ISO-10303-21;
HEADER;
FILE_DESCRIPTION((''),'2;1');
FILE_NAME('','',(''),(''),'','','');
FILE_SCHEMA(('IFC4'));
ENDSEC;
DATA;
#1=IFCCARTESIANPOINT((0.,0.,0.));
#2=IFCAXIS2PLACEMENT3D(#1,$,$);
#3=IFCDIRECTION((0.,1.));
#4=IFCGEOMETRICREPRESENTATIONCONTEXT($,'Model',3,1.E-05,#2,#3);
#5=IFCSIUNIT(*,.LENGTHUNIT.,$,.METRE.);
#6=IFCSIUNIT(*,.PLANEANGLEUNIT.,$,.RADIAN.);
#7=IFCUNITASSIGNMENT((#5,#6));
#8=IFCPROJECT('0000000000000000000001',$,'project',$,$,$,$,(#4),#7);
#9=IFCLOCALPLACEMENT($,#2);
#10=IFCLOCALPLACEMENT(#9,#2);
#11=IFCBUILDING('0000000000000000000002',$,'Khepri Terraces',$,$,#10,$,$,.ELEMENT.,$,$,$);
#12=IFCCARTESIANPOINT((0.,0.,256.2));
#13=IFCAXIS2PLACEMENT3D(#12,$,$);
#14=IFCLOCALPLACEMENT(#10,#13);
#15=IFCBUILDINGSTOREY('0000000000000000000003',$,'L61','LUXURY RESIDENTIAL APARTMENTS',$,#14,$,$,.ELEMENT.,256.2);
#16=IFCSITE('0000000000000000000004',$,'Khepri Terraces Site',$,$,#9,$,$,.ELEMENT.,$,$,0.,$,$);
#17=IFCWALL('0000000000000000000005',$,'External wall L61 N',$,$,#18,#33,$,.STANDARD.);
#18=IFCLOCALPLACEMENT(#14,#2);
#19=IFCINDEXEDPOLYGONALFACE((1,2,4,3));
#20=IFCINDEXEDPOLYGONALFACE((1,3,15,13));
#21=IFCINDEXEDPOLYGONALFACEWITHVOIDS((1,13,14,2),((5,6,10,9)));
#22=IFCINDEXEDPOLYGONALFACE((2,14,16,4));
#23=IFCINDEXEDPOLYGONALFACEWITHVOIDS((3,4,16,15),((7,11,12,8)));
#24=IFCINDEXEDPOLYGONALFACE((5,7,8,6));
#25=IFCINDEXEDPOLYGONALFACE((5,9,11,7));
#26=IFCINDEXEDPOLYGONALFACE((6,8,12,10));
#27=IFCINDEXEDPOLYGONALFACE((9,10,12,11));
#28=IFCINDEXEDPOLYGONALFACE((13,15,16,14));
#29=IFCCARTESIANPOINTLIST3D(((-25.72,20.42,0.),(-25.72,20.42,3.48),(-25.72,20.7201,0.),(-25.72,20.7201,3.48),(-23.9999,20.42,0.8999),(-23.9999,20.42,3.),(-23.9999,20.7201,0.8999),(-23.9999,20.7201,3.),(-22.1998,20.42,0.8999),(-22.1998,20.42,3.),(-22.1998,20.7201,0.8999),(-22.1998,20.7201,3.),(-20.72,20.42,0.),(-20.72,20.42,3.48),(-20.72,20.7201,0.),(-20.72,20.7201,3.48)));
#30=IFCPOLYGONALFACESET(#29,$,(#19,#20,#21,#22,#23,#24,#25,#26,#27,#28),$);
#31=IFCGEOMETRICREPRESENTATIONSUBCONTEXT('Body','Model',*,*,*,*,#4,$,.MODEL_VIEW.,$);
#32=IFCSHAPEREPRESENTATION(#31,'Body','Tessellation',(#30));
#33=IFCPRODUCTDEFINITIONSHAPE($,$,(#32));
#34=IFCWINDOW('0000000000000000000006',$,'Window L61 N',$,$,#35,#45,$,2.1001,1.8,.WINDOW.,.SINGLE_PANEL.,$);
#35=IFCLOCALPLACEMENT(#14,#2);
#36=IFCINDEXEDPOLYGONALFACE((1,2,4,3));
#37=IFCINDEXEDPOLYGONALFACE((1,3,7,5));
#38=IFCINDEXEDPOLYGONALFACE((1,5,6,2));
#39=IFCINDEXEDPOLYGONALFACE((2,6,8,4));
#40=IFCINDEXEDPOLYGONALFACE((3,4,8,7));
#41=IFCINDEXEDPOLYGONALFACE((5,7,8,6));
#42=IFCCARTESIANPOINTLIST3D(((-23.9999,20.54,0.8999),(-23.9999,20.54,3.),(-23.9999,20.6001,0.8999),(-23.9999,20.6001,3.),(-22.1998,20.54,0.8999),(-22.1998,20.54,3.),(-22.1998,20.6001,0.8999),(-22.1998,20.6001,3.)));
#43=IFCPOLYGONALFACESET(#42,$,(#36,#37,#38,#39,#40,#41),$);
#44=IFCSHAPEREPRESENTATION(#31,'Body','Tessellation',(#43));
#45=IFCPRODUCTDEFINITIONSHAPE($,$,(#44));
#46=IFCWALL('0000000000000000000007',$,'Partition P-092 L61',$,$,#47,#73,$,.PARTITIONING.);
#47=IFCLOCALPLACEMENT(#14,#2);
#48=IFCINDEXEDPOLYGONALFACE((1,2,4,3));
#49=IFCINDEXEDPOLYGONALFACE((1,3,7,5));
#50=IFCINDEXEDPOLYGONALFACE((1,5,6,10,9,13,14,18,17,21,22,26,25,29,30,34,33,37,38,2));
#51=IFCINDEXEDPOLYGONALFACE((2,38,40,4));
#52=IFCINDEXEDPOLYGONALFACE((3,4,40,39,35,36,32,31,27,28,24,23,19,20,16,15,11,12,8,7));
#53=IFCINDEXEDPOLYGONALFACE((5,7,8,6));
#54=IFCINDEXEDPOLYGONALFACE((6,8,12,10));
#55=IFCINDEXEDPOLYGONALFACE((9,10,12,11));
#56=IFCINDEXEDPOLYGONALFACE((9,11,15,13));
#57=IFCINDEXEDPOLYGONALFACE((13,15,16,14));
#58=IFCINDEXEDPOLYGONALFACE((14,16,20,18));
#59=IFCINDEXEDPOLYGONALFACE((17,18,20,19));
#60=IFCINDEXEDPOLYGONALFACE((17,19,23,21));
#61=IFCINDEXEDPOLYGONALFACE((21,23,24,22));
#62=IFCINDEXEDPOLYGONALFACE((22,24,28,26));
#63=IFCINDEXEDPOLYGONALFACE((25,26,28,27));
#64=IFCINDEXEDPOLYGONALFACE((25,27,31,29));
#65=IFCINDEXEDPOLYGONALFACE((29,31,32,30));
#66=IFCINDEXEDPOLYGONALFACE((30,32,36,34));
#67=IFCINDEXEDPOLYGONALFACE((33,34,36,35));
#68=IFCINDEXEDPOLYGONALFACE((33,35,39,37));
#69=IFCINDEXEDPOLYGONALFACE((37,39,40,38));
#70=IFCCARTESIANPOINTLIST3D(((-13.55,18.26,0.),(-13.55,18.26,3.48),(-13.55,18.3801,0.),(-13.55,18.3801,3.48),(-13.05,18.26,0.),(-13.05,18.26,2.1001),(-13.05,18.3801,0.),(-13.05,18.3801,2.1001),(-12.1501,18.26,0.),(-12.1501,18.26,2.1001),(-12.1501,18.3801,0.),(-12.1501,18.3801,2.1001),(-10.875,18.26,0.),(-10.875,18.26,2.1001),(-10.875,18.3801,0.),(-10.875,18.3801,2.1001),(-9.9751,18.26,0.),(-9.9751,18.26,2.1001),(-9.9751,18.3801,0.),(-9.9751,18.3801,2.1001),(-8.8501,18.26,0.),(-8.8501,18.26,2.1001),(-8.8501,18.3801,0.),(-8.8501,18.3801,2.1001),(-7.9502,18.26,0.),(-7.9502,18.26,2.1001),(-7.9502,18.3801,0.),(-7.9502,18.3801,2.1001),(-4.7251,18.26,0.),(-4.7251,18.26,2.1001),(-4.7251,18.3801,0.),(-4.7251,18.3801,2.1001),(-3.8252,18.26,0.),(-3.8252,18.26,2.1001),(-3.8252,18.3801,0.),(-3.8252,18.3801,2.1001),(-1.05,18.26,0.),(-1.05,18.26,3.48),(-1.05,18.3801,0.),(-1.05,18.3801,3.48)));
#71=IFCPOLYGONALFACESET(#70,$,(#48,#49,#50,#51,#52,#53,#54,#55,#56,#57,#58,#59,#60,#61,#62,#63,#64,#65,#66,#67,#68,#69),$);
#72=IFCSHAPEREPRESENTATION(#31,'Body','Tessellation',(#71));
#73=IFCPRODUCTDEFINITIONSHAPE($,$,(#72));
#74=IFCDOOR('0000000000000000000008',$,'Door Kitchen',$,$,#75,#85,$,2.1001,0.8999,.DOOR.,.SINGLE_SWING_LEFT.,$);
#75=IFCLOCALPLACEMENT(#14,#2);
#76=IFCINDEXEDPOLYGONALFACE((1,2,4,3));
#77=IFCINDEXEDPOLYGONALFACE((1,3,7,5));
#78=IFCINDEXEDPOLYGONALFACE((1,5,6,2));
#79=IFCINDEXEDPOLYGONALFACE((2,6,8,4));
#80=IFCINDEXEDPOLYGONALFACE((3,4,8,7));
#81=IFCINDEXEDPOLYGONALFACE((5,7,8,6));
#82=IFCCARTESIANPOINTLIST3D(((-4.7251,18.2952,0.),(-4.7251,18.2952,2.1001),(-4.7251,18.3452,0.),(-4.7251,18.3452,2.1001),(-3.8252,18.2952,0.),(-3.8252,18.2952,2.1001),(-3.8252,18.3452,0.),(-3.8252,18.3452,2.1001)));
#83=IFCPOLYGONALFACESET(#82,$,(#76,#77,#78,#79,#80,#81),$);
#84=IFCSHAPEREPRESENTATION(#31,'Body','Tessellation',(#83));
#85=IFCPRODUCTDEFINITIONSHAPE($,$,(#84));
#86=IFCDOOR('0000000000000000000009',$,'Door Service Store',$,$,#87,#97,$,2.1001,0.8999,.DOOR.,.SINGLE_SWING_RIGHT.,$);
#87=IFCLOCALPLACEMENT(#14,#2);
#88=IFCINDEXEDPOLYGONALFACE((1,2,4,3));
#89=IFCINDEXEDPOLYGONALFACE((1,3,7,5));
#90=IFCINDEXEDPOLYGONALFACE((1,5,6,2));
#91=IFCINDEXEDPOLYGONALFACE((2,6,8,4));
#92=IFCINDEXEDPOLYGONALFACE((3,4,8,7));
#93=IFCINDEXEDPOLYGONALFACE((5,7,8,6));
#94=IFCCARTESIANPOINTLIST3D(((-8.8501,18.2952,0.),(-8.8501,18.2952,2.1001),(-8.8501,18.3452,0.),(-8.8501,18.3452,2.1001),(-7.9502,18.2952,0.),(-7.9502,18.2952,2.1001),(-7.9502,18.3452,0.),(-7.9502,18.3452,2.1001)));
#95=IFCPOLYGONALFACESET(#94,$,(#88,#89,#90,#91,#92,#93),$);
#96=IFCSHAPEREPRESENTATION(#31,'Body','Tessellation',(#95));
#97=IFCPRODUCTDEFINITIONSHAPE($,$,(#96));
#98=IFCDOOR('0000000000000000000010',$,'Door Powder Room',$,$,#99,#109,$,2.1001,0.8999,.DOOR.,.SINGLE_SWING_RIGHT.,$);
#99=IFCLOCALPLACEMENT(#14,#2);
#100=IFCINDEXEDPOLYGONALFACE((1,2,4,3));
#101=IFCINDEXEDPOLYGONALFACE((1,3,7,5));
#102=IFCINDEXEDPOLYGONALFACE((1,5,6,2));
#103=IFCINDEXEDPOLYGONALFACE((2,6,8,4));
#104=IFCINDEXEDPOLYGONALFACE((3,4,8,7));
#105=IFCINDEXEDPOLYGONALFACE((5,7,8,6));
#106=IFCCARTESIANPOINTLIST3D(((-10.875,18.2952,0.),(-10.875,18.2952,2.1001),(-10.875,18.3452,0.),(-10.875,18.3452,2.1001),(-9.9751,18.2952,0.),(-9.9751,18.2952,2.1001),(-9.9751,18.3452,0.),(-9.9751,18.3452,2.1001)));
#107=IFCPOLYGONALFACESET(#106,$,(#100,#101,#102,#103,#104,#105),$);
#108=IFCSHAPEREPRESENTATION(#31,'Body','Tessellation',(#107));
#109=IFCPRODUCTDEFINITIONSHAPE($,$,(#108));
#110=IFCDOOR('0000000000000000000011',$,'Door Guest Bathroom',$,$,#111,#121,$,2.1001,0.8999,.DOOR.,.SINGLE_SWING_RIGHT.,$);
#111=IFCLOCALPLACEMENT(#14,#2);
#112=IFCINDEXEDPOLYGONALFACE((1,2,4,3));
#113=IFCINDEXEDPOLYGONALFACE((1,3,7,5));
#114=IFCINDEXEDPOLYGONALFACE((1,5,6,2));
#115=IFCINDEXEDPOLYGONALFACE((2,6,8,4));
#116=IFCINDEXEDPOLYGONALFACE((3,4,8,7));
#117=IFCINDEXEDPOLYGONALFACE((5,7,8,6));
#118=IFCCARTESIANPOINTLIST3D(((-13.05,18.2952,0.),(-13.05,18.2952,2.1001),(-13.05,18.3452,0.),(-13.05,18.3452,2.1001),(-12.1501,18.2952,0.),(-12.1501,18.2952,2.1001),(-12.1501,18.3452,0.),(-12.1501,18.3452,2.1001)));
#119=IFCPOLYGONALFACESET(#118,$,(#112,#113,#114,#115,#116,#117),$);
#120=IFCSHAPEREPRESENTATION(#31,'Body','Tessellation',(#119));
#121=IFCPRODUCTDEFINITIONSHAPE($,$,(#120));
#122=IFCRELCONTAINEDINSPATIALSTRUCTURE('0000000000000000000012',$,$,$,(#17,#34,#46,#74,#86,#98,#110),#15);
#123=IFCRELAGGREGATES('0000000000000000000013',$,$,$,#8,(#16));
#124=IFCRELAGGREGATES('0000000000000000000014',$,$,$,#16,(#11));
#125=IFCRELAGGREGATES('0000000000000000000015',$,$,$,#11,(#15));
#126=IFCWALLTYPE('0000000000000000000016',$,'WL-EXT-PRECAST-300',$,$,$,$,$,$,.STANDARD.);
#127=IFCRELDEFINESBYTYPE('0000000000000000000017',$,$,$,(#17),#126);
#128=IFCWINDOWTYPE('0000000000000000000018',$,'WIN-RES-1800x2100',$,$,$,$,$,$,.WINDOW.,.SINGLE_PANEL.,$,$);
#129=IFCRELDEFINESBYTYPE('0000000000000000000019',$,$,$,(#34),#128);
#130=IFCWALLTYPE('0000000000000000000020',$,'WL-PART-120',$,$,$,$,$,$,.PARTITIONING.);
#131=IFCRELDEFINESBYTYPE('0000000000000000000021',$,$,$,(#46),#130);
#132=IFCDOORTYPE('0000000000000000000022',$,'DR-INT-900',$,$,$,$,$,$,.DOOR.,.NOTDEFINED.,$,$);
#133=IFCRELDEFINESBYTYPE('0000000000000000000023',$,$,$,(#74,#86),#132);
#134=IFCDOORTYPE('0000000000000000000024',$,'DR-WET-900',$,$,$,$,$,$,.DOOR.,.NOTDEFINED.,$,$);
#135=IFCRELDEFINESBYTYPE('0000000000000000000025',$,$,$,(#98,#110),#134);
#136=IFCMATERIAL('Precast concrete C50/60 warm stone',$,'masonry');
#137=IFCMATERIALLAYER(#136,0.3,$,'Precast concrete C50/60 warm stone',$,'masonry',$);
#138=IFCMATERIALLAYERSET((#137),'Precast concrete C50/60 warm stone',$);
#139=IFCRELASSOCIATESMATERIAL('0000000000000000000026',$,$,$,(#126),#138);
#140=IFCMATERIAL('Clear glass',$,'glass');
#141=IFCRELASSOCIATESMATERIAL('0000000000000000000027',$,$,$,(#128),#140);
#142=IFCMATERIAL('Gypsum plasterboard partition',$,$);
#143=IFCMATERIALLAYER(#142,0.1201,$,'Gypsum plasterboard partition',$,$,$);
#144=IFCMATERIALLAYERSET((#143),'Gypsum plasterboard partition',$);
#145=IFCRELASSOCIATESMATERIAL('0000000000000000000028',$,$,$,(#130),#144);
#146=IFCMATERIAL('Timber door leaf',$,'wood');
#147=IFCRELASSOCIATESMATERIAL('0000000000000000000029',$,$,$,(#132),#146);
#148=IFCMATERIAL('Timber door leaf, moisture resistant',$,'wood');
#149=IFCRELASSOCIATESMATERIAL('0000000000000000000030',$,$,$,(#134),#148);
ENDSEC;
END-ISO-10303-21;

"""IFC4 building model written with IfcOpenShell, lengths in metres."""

from ifc_helpers import new_model, si_unit, direction, frame, frame_2d, origin, place, context, subcontext, project, spatial, rectangle, extrude, material, layer, layer_set, type_object, element, fill, save


model = new_model("IFC4")

# Units and contexts
model_context = context("Model", 3, precision=1e-05, world=origin(), true_north=direction((0.0, 1.0)))
body_context = subcontext(model_context, "Body", "Model", "MODEL_VIEW")
ifc_project = project(units=[si_unit("LENGTHUNIT", "METRE"), si_unit("PLANEANGLEUNIT", "RADIAN")], contexts=[model_context])

# Site, building, storey
site_placement = place(None, origin())
site = spatial("IfcSite", under=ifc_project, at=site_placement, Name="Khepri Terraces Site", CompositionType="ELEMENT", RefElevation=0.0)
building_placement = place(site_placement, origin())
building = spatial("IfcBuilding", under=site, at=building_placement, Name="Khepri Terraces", CompositionType="ELEMENT")
storey_placement = place(building_placement, frame((0.0, 0.0, 256.2)))
storey = spatial("IfcBuildingStorey", under=building, at=storey_placement, Name="L61", Description="LUXURY RESIDENTIAL APARTMENTS", CompositionType="ELEMENT", Elevation=256.2)

# Wall, opening, window
ifc_material_1 = material(Name="Precast concrete C50/60 warm stone", Category="masonry")
ifc_layer_1 = layer(ifc_material_1, 0.3, Name="Precast concrete C50/60 warm stone", Category="masonry")
ifc_layer_set_1 = layer_set([ifc_layer_1], Name="Precast concrete C50/60 warm stone")
wall_type_1 = type_object("IfcWallType", Name="WL-EXT-PRECAST-300", PredefinedType="STANDARD", material=ifc_layer_set_1)
ifc_material_2 = material(Name="Clear glass", Category="glass")
window_type = type_object("IfcWindowType", Name="WIN-RES-1800x2100", PartitioningType="SINGLE_PANEL", PredefinedType="WINDOW", material=ifc_material_2)
wall_1_placement = place(storey_placement, frame((-20.72, 20.5701, 0.0), z_axis=(0.0, 0.0, 1.0), x_axis=(-1.0, 0.0, 0.0)))
wall_1 = element("IfcWall", 1, at=wall_1_placement, inside=storey, type_object=wall_type_1, Name="External wall L61 N", PredefinedType="STANDARD", context=body_context, shape_type="SweptSolid", body=[
    extrude(rectangle(XDim=5.0, YDim=0.3, at=frame_2d((2.5, 0.0))), origin(), (0.0, 0.0, 1.0), 3.48),
])
opening_1_placement = place(wall_1_placement, frame((1.48, 0.0, 0.8999)))
opening_1 = element("IfcOpeningElement", 2, at=opening_1_placement, cuts=wall_1, PredefinedType="OPENING", context=body_context, shape_type="SweptSolid", body=[
    extrude(rectangle(XDim=1.8, YDim=2.1001, at=frame_2d((0.8999, 1.05))), frame((0.0, 0.1602, 0.0), z_axis=(0.0, -1.0, 0.0), x_axis=(1.0, 0.0, 0.0)), (0.0, 0.0, 1.0), 0.3201),
])
window_1_placement = place(opening_1_placement, origin())
window_1 = element("IfcWindow", 3, at=window_1_placement, inside=storey, type_object=window_type, Name="Window L61 N", OverallHeight=2.1001, OverallWidth=1.8, PartitioningType="SINGLE_PANEL", PredefinedType="WINDOW", context=body_context, shape_type="SweptSolid", body=[
    extrude(rectangle(XDim=1.8, YDim=2.1001, at=frame_2d((0.8999, 1.05))), frame((0.0, 0.03, 0.0), z_axis=(0.0, -1.0, 0.0), x_axis=(1.0, 0.0, 0.0)), (0.0, 0.0, 1.0), 0.0601),
])
fill(opening_1, window_1)

# Wall, openings, doors
ifc_material_3 = material(Name="Gypsum plasterboard partition")
ifc_layer_2 = layer(ifc_material_3, 0.1201, Name="Gypsum plasterboard partition")
ifc_layer_set_2 = layer_set([ifc_layer_2], Name="Gypsum plasterboard partition")
wall_type_2 = type_object("IfcWallType", Name="WL-PART-120", PredefinedType="PARTITIONING", material=ifc_layer_set_2)
wall_2_placement = place(storey_placement, frame((-13.55, 18.3201, 0.0), z_axis=(0.0, 0.0, 1.0), x_axis=(1.0, 0.0, 0.0)))
wall_2 = element("IfcWall", 4, at=wall_2_placement, inside=storey, type_object=wall_type_2, Name="Partition P-092 L61", PredefinedType="PARTITIONING", context=body_context, shape_type="SweptSolid", body=[
    extrude(rectangle(XDim=12.5, YDim=0.1201, at=frame_2d((6.25, 0.0))), origin(), (0.0, 0.0, 1.0), 3.48),
])
opening_2_placement = place(wall_2_placement, frame((8.825, 0.0, 0.0)))
opening_2 = element("IfcOpeningElement", 5, at=opening_2_placement, cuts=wall_2, PredefinedType="OPENING", context=body_context, shape_type="SweptSolid", body=[
    extrude(rectangle(XDim=0.8999, YDim=2.1001, at=frame_2d((0.45, 1.05))), frame((0.0, 0.0701, 0.0), z_axis=(0.0, -1.0, 0.0), x_axis=(1.0, 0.0, 0.0)), (0.0, 0.0, 1.0), 0.1401),
])
opening_3_placement = place(wall_2_placement, frame((4.7, 0.0, 0.0)))
opening_3 = element("IfcOpeningElement", 6, at=opening_3_placement, cuts=wall_2, PredefinedType="OPENING", context=body_context, shape_type="SweptSolid", body=[
    extrude(rectangle(XDim=0.8999, YDim=2.1001, at=frame_2d((0.45, 1.05))), frame((0.0, 0.0701, 0.0), z_axis=(0.0, -1.0, 0.0), x_axis=(1.0, 0.0, 0.0)), (0.0, 0.0, 1.0), 0.1401),
])
opening_4_placement = place(wall_2_placement, frame((2.675, 0.0, 0.0)))
opening_4 = element("IfcOpeningElement", 7, at=opening_4_placement, cuts=wall_2, PredefinedType="OPENING", context=body_context, shape_type="SweptSolid", body=[
    extrude(rectangle(XDim=0.8999, YDim=2.1001, at=frame_2d((0.45, 1.05))), frame((0.0, 0.0701, 0.0), z_axis=(0.0, -1.0, 0.0), x_axis=(1.0, 0.0, 0.0)), (0.0, 0.0, 1.0), 0.1401),
])
opening_5_placement = place(wall_2_placement, frame((0.5, 0.0, 0.0)))
opening_5 = element("IfcOpeningElement", 8, at=opening_5_placement, cuts=wall_2, PredefinedType="OPENING", context=body_context, shape_type="SweptSolid", body=[
    extrude(rectangle(XDim=0.8999, YDim=2.1001, at=frame_2d((0.45, 1.05))), frame((0.0, 0.0701, 0.0), z_axis=(0.0, -1.0, 0.0), x_axis=(1.0, 0.0, 0.0)), (0.0, 0.0, 1.0), 0.1401),
])
ifc_material_4 = material(Name="Timber door leaf", Category="wood")
door_type_1 = type_object("IfcDoorType", Name="DR-INT-900", OperationType="NOTDEFINED", PredefinedType="DOOR", material=ifc_material_4)
door_1_placement = place(opening_2_placement, frame((0.8999, 0.0, 0.0), z_axis=(0.0, 0.0, 1.0), x_axis=(-1.0, 0.0, 0.0)))
door_1 = element("IfcDoor", 9, at=door_1_placement, inside=storey, type_object=door_type_1, Name="Door Kitchen", OperationType="SINGLE_SWING_LEFT", OverallHeight=2.1001, OverallWidth=0.8999, PredefinedType="DOOR", context=body_context, shape_type="SweptSolid", body=[
    extrude(rectangle(XDim=0.8999, YDim=2.1001, at=frame_2d((0.45, 1.05))), frame((0.0, 0.0249, 0.0), z_axis=(0.0, -1.0, 0.0), x_axis=(1.0, 0.0, 0.0)), (0.0, 0.0, 1.0), 0.05),
])
fill(opening_2, door_1)
door_2_placement = place(opening_3_placement, frame((0.8999, 0.0, 0.0), z_axis=(0.0, 0.0, 1.0), x_axis=(-1.0, 0.0, 0.0)))
door_2 = element("IfcDoor", 10, at=door_2_placement, inside=storey, type_object=door_type_1, Name="Door Service Store", OperationType="SINGLE_SWING_RIGHT", OverallHeight=2.1001, OverallWidth=0.8999, PredefinedType="DOOR", context=body_context, shape_type="SweptSolid", body=[
    extrude(rectangle(XDim=0.8999, YDim=2.1001, at=frame_2d((0.45, 1.05))), frame((0.0, 0.0249, 0.0), z_axis=(0.0, -1.0, 0.0), x_axis=(1.0, 0.0, 0.0)), (0.0, 0.0, 1.0), 0.05),
])
fill(opening_3, door_2)
ifc_material_5 = material(Name="Timber door leaf, moisture resistant", Category="wood")
door_type_2 = type_object("IfcDoorType", Name="DR-WET-900", OperationType="NOTDEFINED", PredefinedType="DOOR", material=ifc_material_5)
door_3_placement = place(opening_4_placement, frame((0.8999, 0.0, 0.0), z_axis=(0.0, 0.0, 1.0), x_axis=(-1.0, 0.0, 0.0)))
door_3 = element("IfcDoor", 11, at=door_3_placement, inside=storey, type_object=door_type_2, Name="Door Powder Room", OperationType="SINGLE_SWING_RIGHT", OverallHeight=2.1001, OverallWidth=0.8999, PredefinedType="DOOR", context=body_context, shape_type="SweptSolid", body=[
    extrude(rectangle(XDim=0.8999, YDim=2.1001, at=frame_2d((0.45, 1.05))), frame((0.0, 0.0249, 0.0), z_axis=(0.0, -1.0, 0.0), x_axis=(1.0, 0.0, 0.0)), (0.0, 0.0, 1.0), 0.05),
])
fill(opening_4, door_3)
door_4_placement = place(opening_5_placement, frame((0.8999, 0.0, 0.0), z_axis=(0.0, 0.0, 1.0), x_axis=(-1.0, 0.0, 0.0)))
door_4 = element("IfcDoor", 12, at=door_4_placement, inside=storey, type_object=door_type_2, Name="Door Guest Bathroom", OperationType="SINGLE_SWING_RIGHT", OverallHeight=2.1001, OverallWidth=0.8999, PredefinedType="DOOR", context=body_context, shape_type="SweptSolid", body=[
    extrude(rectangle(XDim=0.8999, YDim=2.1001, at=frame_2d((0.45, 1.05))), frame((0.0, 0.0249, 0.0), z_axis=(0.0, -1.0, 0.0), x_axis=(1.0, 0.0, 0.0)), (0.0, 0.0, 1.0), 0.05),
])
fill(opening_5, door_4)

save(model, "model.ifc")
